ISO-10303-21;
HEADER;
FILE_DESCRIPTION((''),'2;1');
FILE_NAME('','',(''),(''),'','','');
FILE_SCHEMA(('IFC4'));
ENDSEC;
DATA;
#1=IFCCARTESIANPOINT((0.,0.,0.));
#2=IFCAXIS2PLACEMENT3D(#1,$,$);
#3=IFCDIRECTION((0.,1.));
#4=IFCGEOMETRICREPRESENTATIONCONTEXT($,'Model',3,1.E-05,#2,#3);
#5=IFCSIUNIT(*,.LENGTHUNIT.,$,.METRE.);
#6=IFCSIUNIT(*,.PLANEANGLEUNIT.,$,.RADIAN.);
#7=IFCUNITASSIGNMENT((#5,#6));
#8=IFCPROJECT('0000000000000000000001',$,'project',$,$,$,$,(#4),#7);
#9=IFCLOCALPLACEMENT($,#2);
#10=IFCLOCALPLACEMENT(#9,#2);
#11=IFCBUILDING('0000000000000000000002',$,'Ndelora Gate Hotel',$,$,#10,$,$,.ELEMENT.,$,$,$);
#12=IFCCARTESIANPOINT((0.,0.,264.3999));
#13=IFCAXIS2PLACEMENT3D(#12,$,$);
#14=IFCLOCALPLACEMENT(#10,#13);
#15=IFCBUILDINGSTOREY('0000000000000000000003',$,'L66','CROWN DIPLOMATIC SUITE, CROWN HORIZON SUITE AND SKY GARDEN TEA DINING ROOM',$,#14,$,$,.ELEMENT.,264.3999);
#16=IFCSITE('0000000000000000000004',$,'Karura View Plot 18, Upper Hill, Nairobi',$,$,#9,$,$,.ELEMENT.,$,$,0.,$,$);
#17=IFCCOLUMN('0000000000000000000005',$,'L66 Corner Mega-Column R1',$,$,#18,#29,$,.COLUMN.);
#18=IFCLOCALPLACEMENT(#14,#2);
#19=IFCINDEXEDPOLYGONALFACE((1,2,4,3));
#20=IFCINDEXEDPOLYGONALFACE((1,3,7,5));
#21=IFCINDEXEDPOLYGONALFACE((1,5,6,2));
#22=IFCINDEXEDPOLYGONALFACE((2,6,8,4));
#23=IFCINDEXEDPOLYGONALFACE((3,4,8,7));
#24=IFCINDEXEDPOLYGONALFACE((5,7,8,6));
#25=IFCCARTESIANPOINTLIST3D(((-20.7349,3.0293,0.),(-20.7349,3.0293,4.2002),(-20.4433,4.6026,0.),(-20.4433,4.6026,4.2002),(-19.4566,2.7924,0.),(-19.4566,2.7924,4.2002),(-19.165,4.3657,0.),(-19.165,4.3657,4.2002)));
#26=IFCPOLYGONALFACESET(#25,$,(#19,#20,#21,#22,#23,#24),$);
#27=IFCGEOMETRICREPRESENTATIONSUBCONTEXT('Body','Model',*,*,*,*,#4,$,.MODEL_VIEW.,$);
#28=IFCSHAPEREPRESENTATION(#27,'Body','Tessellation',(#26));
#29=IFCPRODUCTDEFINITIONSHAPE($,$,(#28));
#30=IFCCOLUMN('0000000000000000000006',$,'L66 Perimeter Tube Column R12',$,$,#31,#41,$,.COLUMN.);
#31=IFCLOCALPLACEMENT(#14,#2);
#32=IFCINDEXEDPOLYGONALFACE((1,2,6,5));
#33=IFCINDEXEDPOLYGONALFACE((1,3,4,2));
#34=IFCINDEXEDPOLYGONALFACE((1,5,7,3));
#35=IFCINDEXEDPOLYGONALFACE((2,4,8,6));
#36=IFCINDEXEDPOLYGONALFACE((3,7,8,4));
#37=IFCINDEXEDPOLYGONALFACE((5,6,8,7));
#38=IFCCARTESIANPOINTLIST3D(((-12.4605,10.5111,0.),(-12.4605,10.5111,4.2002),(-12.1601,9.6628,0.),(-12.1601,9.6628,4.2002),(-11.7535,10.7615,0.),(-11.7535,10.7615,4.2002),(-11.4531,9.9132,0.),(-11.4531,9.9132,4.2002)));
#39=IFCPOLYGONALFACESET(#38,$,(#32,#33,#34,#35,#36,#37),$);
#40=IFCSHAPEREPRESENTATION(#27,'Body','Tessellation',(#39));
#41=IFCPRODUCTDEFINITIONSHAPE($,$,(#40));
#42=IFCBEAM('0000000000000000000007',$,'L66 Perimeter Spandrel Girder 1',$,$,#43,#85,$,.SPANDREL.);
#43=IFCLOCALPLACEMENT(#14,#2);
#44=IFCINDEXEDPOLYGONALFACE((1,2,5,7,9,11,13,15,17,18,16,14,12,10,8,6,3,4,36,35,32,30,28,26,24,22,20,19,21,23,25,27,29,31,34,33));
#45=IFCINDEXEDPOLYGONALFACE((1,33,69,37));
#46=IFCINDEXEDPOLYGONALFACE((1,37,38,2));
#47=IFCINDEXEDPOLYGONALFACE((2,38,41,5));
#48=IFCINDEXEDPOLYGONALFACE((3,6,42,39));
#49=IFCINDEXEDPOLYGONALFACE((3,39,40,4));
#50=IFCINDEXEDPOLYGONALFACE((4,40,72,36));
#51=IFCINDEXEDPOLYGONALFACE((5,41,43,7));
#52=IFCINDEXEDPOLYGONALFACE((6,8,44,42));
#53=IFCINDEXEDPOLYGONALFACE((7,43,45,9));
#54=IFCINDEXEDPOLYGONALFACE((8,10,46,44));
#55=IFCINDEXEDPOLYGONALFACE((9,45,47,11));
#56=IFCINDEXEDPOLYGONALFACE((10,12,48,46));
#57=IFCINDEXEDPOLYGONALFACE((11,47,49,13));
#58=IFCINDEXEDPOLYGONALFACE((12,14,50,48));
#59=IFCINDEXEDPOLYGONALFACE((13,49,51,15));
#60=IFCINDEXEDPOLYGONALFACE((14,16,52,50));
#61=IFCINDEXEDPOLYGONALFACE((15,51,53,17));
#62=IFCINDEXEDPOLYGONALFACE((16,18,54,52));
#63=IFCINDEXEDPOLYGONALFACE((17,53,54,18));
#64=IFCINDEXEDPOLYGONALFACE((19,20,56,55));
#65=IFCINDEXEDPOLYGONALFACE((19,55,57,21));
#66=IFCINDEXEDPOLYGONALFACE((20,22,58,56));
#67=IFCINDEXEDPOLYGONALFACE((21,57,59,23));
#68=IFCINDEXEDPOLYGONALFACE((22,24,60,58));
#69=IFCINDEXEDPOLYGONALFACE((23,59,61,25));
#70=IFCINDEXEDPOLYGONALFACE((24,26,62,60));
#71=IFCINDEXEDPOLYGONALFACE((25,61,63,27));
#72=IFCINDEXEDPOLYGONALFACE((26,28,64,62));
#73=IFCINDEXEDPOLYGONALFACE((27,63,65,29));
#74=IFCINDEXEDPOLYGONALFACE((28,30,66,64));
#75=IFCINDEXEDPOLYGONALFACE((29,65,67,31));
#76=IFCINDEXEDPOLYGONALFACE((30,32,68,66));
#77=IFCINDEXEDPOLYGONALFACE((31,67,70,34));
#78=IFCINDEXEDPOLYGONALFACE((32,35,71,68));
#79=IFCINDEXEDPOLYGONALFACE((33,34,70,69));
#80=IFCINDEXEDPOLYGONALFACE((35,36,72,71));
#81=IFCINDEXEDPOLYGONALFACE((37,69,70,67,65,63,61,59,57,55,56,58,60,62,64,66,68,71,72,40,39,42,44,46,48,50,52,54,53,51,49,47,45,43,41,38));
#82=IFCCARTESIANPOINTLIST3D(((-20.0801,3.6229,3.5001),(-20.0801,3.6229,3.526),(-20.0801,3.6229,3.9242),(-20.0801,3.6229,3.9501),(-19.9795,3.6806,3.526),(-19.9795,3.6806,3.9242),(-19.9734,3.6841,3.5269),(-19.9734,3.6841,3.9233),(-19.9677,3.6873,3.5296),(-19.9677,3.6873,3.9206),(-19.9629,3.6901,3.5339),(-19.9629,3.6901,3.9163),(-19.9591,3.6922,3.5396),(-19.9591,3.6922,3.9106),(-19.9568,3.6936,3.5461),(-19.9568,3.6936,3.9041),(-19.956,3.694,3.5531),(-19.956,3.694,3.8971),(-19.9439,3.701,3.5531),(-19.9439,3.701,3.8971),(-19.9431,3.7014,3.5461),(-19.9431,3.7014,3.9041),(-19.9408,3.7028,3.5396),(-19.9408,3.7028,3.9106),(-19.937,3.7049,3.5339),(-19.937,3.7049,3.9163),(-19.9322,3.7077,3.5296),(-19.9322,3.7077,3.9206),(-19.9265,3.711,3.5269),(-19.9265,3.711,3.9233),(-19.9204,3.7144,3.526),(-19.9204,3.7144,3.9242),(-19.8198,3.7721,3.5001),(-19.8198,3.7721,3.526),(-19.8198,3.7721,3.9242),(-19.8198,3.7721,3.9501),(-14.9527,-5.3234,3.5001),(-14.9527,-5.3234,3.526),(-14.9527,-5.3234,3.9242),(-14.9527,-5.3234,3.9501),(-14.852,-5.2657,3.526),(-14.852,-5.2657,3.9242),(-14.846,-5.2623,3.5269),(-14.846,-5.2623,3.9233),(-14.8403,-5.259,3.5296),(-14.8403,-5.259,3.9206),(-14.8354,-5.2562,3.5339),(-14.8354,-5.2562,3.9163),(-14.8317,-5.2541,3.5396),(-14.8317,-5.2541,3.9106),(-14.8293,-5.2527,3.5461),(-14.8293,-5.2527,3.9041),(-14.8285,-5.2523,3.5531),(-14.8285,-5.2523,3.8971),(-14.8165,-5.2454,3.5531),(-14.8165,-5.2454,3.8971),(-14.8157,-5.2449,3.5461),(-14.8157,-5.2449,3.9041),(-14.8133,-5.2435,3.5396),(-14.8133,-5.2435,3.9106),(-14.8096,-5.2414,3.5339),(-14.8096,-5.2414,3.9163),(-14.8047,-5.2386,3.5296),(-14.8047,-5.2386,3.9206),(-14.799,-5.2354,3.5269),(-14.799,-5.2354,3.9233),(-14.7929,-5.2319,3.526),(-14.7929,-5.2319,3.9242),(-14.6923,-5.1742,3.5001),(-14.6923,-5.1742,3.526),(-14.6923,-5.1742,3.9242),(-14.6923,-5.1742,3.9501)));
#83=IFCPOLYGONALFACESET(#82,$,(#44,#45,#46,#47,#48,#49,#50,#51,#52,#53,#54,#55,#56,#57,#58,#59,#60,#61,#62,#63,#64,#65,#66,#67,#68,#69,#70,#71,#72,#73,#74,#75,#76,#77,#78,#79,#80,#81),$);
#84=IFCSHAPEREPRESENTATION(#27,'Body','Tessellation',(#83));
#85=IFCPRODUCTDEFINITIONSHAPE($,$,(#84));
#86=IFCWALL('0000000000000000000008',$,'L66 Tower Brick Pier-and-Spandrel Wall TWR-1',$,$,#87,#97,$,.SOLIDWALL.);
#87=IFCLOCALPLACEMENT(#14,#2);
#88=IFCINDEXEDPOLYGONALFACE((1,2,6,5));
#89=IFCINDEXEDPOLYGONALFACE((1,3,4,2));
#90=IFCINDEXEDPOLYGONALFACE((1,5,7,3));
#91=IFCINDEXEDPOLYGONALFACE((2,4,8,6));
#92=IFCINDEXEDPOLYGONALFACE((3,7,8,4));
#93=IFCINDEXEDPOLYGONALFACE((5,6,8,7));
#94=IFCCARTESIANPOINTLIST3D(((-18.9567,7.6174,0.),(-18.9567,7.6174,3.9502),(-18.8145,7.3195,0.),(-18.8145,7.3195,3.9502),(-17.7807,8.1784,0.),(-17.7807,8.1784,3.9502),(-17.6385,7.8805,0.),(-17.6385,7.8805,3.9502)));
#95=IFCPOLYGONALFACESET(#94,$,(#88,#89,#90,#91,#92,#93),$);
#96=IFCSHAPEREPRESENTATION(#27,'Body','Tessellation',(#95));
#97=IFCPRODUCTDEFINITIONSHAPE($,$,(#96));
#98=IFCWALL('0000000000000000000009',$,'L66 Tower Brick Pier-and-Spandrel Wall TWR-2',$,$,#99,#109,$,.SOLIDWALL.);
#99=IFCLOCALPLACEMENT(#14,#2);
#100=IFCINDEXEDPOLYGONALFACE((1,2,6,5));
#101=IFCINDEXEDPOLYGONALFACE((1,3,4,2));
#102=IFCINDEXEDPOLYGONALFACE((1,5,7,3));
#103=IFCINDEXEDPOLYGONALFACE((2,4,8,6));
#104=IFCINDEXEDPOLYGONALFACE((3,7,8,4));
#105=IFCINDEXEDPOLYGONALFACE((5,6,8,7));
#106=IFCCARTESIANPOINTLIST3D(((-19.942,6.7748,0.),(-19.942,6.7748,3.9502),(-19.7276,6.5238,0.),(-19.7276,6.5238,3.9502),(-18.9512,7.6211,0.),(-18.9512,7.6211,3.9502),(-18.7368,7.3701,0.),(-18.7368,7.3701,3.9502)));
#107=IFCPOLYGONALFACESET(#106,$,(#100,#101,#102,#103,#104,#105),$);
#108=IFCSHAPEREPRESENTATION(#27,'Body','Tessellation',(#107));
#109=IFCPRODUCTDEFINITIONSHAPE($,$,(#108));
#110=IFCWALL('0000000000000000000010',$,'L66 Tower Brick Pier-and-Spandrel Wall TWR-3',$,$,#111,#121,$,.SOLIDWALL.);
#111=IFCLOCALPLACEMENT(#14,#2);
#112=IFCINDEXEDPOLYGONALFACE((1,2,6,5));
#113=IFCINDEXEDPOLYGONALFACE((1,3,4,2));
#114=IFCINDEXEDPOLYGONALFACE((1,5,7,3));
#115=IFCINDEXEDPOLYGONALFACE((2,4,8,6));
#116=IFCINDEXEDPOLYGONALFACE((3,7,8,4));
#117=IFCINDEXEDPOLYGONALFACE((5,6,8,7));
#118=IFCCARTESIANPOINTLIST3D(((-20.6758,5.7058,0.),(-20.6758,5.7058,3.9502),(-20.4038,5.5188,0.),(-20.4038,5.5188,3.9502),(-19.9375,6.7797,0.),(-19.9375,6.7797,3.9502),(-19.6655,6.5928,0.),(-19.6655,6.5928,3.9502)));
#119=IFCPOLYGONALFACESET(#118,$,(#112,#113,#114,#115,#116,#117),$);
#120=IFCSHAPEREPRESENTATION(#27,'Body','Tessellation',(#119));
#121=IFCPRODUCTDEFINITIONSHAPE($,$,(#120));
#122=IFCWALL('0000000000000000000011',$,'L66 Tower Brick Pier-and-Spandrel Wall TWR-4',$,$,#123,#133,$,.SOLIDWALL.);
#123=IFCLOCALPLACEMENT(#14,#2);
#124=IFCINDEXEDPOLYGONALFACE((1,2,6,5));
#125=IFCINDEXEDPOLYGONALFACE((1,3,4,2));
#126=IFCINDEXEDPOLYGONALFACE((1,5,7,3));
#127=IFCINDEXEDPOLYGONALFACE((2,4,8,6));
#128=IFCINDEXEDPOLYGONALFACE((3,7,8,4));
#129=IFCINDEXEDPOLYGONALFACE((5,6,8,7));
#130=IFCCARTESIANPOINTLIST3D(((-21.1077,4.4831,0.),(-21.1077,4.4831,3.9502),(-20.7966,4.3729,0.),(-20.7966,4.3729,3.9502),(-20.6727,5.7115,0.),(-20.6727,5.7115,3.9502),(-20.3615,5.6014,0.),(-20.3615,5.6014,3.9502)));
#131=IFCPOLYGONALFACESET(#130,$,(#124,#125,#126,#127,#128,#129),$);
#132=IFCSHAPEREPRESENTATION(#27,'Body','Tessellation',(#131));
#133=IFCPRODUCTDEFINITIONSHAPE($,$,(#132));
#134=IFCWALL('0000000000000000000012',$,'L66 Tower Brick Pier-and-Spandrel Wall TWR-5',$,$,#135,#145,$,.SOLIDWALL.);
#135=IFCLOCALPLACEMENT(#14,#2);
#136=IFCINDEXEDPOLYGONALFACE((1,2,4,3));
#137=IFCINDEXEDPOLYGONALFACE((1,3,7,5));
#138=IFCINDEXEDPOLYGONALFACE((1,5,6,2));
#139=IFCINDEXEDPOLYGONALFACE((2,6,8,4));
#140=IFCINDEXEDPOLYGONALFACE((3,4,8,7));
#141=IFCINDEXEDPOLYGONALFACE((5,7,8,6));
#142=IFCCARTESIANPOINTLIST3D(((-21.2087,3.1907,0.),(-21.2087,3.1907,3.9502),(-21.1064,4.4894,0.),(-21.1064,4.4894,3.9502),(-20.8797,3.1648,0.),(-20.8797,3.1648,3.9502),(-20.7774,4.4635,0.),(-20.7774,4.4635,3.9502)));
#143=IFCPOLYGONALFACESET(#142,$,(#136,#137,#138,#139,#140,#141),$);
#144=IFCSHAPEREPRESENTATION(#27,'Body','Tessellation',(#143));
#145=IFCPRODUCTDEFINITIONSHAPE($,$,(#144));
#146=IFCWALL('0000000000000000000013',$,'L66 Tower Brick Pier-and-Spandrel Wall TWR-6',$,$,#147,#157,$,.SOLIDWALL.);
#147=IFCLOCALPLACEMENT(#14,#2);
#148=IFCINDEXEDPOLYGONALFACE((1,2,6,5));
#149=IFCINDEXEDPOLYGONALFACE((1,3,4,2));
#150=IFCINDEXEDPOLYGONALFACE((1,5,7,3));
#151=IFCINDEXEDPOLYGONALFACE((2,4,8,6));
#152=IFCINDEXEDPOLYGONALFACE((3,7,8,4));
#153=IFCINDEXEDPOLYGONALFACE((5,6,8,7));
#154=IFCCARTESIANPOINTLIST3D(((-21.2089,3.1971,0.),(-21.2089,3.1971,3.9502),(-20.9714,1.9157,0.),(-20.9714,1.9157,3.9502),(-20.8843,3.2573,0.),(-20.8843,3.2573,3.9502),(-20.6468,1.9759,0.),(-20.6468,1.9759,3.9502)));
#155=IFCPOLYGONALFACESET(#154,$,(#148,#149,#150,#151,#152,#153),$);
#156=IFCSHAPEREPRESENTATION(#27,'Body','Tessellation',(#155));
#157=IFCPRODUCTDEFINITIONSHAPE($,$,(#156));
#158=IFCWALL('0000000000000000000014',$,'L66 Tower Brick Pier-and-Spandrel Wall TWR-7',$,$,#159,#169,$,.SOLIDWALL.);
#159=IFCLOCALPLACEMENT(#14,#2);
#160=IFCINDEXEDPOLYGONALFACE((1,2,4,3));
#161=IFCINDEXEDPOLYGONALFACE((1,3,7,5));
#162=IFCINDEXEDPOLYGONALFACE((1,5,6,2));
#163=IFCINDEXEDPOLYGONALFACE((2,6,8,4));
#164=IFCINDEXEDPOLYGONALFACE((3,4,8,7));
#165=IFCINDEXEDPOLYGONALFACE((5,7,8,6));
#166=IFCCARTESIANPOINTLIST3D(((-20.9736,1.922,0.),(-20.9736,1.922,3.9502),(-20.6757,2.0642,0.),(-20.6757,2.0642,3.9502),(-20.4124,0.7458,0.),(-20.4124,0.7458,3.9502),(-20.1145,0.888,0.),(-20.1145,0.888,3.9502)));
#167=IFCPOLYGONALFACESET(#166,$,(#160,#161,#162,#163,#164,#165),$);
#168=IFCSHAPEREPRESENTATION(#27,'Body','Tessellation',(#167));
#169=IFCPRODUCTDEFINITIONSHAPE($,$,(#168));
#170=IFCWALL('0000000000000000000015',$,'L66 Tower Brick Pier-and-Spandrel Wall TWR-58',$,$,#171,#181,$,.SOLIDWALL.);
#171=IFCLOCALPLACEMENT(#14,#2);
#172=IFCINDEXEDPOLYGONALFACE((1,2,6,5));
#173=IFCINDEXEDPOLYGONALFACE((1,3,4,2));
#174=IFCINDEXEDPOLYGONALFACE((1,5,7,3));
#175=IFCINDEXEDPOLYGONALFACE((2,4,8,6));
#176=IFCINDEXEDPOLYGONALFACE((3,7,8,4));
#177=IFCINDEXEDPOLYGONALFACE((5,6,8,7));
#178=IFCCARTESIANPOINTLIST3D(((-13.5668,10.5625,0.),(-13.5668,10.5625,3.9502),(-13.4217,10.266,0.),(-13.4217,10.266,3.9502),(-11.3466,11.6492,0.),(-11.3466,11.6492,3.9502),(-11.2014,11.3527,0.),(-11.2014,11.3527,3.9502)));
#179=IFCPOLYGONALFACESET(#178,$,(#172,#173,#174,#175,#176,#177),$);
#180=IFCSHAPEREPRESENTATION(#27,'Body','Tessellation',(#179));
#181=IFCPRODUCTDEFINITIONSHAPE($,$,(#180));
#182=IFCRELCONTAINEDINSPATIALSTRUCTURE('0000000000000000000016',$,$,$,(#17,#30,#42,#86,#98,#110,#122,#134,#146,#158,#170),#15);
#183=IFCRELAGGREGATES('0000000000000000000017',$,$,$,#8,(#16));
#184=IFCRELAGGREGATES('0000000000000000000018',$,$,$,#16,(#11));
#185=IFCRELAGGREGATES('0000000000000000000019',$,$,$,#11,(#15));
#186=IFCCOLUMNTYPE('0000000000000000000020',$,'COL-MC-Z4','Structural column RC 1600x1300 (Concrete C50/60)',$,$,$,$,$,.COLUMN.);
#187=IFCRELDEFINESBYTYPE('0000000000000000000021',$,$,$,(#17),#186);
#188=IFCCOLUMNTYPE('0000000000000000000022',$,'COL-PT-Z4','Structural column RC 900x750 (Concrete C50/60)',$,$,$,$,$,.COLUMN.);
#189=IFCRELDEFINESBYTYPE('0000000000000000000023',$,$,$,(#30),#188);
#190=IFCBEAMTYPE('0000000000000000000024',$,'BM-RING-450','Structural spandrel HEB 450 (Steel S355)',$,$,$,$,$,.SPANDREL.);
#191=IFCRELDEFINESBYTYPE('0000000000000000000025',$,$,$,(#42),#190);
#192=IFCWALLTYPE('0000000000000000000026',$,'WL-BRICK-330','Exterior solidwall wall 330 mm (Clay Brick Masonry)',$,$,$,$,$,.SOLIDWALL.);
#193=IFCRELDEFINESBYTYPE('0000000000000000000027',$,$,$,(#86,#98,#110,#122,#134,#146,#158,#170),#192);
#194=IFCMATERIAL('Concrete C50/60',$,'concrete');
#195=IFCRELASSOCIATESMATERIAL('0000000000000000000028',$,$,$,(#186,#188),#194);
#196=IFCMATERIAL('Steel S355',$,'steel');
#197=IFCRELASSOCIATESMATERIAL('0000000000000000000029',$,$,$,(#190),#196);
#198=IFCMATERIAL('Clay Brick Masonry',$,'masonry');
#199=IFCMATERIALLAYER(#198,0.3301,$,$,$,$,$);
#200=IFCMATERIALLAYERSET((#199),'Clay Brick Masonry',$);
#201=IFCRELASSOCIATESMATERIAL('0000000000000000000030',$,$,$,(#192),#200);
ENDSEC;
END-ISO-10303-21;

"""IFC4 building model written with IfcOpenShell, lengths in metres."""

from ifc_helpers import new_model, si_unit, direction, frame, frame_2d, origin, origin_2d, place, context, subcontext, project, spatial, rectangle, i_section, extrude, material, layer, layer_set, material_profile, profile_set, type_object, element, save


model = new_model("IFC4")

# Units and contexts
model_context = context("Model", 3, precision=1e-05, world=origin(), true_north=direction((0.0, 1.0)))
body_context = subcontext(model_context, "Body", "Model", "MODEL_VIEW")
ifc_project = project(units=[si_unit("LENGTHUNIT", "METRE"), si_unit("PLANEANGLEUNIT", "RADIAN")], contexts=[model_context])

# Site, building, storey
site_placement = place(None, origin())
site = spatial("IfcSite", under=ifc_project, at=site_placement, Name="Karura View Plot 18, Upper Hill, Nairobi", CompositionType="ELEMENT", RefElevation=0.0)
building_placement = place(site_placement, origin())
building = spatial("IfcBuilding", under=site, at=building_placement, Name="Ndelora Gate Hotel", CompositionType="ELEMENT")
storey_placement = place(building_placement, frame((0.0, 0.0, 264.3999)))
storey = spatial("IfcBuildingStorey", under=building, at=storey_placement, Name="L66", Description="CROWN DIPLOMATIC SUITE, CROWN HORIZON SUITE AND SKY GARDEN TEA DINING ROOM", CompositionType="ELEMENT", Elevation=264.3999)

# Columns
ifc_material_1 = material(Name="Concrete C50/60", Category="concrete")
ifc_material_profile_1 = material_profile(ifc_material_1, rectangle(XDim=1.3, YDim=1.6001, at=origin_2d()), Name="RC 1600x1300")
ifc_profile_set_1 = profile_set([ifc_material_profile_1], Name="Concrete C50/60")
column_type_1 = type_object("IfcColumnType", Name="COL-MC-Z4", Description="Structural column RC 1600x1300 (Concrete C50/60)", PredefinedType="COLUMN", material=ifc_profile_set_1)
column_1_placement = place(storey_placement, frame((-19.95, 3.6975, 0.0), z_axis=(0.0, 0.0, 1.0), x_axis=(-0.983255, 0.182236, 0.0)))
element("IfcColumn", 1, at=column_1_placement, inside=storey, type_object=column_type_1, Name="L66 Corner Mega-Column R1", PredefinedType="COLUMN", context=body_context, shape_type="SweptSolid", body=[
    extrude(rectangle(XDim=1.3, YDim=1.6001, at=origin_2d()), origin(), (0.0, 0.0, 1.0), 4.2002),
])
ifc_material_profile_2 = material_profile(ifc_material_1, rectangle(XDim=0.75, YDim=0.8999, at=origin_2d()), Name="RC 900x750")
ifc_profile_set_2 = profile_set([ifc_material_profile_2], Name="Concrete C50/60")
column_type_2 = type_object("IfcColumnType", Name="COL-PT-Z4", Description="Structural column RC 900x750 (Concrete C50/60)", PredefinedType="COLUMN", material=ifc_profile_set_2)
column_2_placement = place(storey_placement, frame((-11.9568, 10.2122, 0.0), z_axis=(0.0, 0.0, 1.0), x_axis=(0.942641, 0.333807, 0.0)))
element("IfcColumn", 2, at=column_2_placement, inside=storey, type_object=column_type_2, Name="L66 Perimeter Tube Column R12", PredefinedType="COLUMN", context=body_context, shape_type="SweptSolid", body=[
    extrude(rectangle(XDim=0.75, YDim=0.8999, at=origin_2d()), origin(), (0.0, 0.0, 1.0), 4.2002),
])

# Beam
ifc_material_2 = material(Name="Steel S355", Category="steel")
ifc_material_profile_3 = material_profile(ifc_material_2, i_section(OverallWidth=0.3, OverallDepth=0.45, WebThickness=0.0139, FlangeThickness=0.0259, FilletRadius=0.0271, at=origin_2d()), Name="HEB 450")
ifc_profile_set_3 = profile_set([ifc_material_profile_3], Name="Steel S355")
beam_type = type_object("IfcBeamType", Name="BM-RING-450", Description="Structural spandrel HEB 450 (Steel S355)", PredefinedType="SPANDREL", material=ifc_profile_set_3)
beam_placement = place(storey_placement, frame((-19.95, 3.6975, 3.7251), z_axis=(0.497255, -0.867604, 0.0), x_axis=(0.867604, 0.497255, 0.0)))
element("IfcBeam", 3, at=beam_placement, inside=storey, type_object=beam_type, Name="L66 Perimeter Spandrel Girder 1", PredefinedType="SPANDREL", context=body_context, shape_type="SweptSolid", body=[
    extrude(i_section(OverallWidth=0.3, OverallDepth=0.45, WebThickness=0.0139, FlangeThickness=0.0259, FilletRadius=0.0271, at=origin_2d()), origin(), (0.0, 0.0, 1.0), 10.3115),
])

# Walls
ifc_material_3 = material(Name="Clay Brick Masonry", Category="masonry")
ifc_layer_1 = layer(ifc_material_3, 0.3301)
ifc_layer_set_1 = layer_set([ifc_layer_1], Name="Clay Brick Masonry")
wall_type = type_object("IfcWallType", Name="WL-BRICK-330", Description="Exterior solidwall wall 330 mm (Clay Brick Masonry)", PredefinedType="SOLIDWALL", material=ifc_layer_set_1)
for number, where, z_axis, x_axis, name in (
    (4, (-18.8855, 7.4685, 0.0), (0.0, 0.0, 1.0), (0.902556, 0.430574, 0.0), "L66 Tower Brick Pier-and-Spandrel Wall TWR-1"),
    (5, (-19.8347, 6.6494, 0.0), (0.0, 0.0, 1.0), (0.760393, 0.649463, 0.0), "L66 Tower Brick Pier-and-Spandrel Wall TWR-2"),
):
    element("IfcWall", number, at=place(storey_placement, frame(where, z_axis=z_axis, x_axis=x_axis)), inside=storey, type_object=wall_type, Name=name, PredefinedType="SOLIDWALL", context=body_context, shape_type="SweptSolid", body=[
        extrude(rectangle(XDim=1.303, YDim=0.3301, at=frame_2d((0.6514, 0.0))), origin(), (0.0, 0.0, 1.0), 3.9502),
    ])
for number, where, z_axis, x_axis, name in (
    (6, (-20.5398, 5.6123, 0.0), (0.0, 0.0, 1.0), (0.566489, 0.824069, 0.0), "L66 Tower Brick Pier-and-Spandrel Wall TWR-3"),
    (7, (-20.9521, 4.428, 0.0), (0.0, 0.0, 1.0), (0.333819, 0.942637, 0.0), "L66 Tower Brick Pier-and-Spandrel Wall TWR-4"),
):
    element("IfcWall", number, at=place(storey_placement, frame(where, z_axis=z_axis, x_axis=x_axis)), inside=storey, type_object=wall_type, Name=name, PredefinedType="SOLIDWALL", context=body_context, shape_type="SweptSolid", body=[
        extrude(rectangle(XDim=1.3032, YDim=0.3301, at=frame_2d((0.6516, 0.0))), origin(), (0.0, 0.0, 1.0), 3.9502),
    ])
wall_1_placement = place(storey_placement, frame((-21.0442, 3.1777, 0.0), z_axis=(0.0, 0.0, 1.0), x_axis=(0.078516, 0.996913, 0.0)))
element("IfcWall", 8, at=wall_1_placement, inside=storey, type_object=wall_type, Name="L66 Tower Brick Pier-and-Spandrel Wall TWR-5", PredefinedType="SOLIDWALL", context=body_context, shape_type="SweptSolid", body=[
    extrude(rectangle(XDim=1.3027, YDim=0.3301, at=frame_2d((0.6514, 0.0))), origin(), (0.0, 0.0, 1.0), 3.9502),
])
for number, where, z_axis, x_axis, name in (
    (9, (-20.8091, 1.9458, 0.0), (0.0, 0.0, 1.0), (-0.182264, 0.98325, 0.0), "L66 Tower Brick Pier-and-Spandrel Wall TWR-6"),
    (10, (-20.2634, 0.8169, 0.0), (0.0, 0.0, 1.0), (-0.430653, 0.902517, 0.0), "L66 Tower Brick Pier-and-Spandrel Wall TWR-7"),
):
    element("IfcWall", number, at=place(storey_placement, frame(where, z_axis=z_axis, x_axis=x_axis)), inside=storey, type_object=wall_type, Name=name, PredefinedType="SOLIDWALL", context=body_context, shape_type="SweptSolid", body=[
        extrude(rectangle(XDim=1.3032, YDim=0.3301, at=frame_2d((0.6516, 0.0))), origin(), (0.0, 0.0, 1.0), 3.9502),
    ])
wall_2_placement = place(storey_placement, frame((-13.4941, 10.4143, 0.0), z_axis=(0.0, 0.0, 1.0), x_axis=(0.898188, 0.439612, 0.0)))
element("IfcWall", 11, at=wall_2_placement, inside=storey, type_object=wall_type, Name="L66 Tower Brick Pier-and-Spandrel Wall TWR-58", PredefinedType="SOLIDWALL", context=body_context, shape_type="SweptSolid", body=[
    extrude(rectangle(XDim=2.4719, YDim=0.3301, at=frame_2d((1.2358, 0.0))), origin(), (0.0, 0.0, 1.0), 3.9502),
])

save(model, "model.ifc")
